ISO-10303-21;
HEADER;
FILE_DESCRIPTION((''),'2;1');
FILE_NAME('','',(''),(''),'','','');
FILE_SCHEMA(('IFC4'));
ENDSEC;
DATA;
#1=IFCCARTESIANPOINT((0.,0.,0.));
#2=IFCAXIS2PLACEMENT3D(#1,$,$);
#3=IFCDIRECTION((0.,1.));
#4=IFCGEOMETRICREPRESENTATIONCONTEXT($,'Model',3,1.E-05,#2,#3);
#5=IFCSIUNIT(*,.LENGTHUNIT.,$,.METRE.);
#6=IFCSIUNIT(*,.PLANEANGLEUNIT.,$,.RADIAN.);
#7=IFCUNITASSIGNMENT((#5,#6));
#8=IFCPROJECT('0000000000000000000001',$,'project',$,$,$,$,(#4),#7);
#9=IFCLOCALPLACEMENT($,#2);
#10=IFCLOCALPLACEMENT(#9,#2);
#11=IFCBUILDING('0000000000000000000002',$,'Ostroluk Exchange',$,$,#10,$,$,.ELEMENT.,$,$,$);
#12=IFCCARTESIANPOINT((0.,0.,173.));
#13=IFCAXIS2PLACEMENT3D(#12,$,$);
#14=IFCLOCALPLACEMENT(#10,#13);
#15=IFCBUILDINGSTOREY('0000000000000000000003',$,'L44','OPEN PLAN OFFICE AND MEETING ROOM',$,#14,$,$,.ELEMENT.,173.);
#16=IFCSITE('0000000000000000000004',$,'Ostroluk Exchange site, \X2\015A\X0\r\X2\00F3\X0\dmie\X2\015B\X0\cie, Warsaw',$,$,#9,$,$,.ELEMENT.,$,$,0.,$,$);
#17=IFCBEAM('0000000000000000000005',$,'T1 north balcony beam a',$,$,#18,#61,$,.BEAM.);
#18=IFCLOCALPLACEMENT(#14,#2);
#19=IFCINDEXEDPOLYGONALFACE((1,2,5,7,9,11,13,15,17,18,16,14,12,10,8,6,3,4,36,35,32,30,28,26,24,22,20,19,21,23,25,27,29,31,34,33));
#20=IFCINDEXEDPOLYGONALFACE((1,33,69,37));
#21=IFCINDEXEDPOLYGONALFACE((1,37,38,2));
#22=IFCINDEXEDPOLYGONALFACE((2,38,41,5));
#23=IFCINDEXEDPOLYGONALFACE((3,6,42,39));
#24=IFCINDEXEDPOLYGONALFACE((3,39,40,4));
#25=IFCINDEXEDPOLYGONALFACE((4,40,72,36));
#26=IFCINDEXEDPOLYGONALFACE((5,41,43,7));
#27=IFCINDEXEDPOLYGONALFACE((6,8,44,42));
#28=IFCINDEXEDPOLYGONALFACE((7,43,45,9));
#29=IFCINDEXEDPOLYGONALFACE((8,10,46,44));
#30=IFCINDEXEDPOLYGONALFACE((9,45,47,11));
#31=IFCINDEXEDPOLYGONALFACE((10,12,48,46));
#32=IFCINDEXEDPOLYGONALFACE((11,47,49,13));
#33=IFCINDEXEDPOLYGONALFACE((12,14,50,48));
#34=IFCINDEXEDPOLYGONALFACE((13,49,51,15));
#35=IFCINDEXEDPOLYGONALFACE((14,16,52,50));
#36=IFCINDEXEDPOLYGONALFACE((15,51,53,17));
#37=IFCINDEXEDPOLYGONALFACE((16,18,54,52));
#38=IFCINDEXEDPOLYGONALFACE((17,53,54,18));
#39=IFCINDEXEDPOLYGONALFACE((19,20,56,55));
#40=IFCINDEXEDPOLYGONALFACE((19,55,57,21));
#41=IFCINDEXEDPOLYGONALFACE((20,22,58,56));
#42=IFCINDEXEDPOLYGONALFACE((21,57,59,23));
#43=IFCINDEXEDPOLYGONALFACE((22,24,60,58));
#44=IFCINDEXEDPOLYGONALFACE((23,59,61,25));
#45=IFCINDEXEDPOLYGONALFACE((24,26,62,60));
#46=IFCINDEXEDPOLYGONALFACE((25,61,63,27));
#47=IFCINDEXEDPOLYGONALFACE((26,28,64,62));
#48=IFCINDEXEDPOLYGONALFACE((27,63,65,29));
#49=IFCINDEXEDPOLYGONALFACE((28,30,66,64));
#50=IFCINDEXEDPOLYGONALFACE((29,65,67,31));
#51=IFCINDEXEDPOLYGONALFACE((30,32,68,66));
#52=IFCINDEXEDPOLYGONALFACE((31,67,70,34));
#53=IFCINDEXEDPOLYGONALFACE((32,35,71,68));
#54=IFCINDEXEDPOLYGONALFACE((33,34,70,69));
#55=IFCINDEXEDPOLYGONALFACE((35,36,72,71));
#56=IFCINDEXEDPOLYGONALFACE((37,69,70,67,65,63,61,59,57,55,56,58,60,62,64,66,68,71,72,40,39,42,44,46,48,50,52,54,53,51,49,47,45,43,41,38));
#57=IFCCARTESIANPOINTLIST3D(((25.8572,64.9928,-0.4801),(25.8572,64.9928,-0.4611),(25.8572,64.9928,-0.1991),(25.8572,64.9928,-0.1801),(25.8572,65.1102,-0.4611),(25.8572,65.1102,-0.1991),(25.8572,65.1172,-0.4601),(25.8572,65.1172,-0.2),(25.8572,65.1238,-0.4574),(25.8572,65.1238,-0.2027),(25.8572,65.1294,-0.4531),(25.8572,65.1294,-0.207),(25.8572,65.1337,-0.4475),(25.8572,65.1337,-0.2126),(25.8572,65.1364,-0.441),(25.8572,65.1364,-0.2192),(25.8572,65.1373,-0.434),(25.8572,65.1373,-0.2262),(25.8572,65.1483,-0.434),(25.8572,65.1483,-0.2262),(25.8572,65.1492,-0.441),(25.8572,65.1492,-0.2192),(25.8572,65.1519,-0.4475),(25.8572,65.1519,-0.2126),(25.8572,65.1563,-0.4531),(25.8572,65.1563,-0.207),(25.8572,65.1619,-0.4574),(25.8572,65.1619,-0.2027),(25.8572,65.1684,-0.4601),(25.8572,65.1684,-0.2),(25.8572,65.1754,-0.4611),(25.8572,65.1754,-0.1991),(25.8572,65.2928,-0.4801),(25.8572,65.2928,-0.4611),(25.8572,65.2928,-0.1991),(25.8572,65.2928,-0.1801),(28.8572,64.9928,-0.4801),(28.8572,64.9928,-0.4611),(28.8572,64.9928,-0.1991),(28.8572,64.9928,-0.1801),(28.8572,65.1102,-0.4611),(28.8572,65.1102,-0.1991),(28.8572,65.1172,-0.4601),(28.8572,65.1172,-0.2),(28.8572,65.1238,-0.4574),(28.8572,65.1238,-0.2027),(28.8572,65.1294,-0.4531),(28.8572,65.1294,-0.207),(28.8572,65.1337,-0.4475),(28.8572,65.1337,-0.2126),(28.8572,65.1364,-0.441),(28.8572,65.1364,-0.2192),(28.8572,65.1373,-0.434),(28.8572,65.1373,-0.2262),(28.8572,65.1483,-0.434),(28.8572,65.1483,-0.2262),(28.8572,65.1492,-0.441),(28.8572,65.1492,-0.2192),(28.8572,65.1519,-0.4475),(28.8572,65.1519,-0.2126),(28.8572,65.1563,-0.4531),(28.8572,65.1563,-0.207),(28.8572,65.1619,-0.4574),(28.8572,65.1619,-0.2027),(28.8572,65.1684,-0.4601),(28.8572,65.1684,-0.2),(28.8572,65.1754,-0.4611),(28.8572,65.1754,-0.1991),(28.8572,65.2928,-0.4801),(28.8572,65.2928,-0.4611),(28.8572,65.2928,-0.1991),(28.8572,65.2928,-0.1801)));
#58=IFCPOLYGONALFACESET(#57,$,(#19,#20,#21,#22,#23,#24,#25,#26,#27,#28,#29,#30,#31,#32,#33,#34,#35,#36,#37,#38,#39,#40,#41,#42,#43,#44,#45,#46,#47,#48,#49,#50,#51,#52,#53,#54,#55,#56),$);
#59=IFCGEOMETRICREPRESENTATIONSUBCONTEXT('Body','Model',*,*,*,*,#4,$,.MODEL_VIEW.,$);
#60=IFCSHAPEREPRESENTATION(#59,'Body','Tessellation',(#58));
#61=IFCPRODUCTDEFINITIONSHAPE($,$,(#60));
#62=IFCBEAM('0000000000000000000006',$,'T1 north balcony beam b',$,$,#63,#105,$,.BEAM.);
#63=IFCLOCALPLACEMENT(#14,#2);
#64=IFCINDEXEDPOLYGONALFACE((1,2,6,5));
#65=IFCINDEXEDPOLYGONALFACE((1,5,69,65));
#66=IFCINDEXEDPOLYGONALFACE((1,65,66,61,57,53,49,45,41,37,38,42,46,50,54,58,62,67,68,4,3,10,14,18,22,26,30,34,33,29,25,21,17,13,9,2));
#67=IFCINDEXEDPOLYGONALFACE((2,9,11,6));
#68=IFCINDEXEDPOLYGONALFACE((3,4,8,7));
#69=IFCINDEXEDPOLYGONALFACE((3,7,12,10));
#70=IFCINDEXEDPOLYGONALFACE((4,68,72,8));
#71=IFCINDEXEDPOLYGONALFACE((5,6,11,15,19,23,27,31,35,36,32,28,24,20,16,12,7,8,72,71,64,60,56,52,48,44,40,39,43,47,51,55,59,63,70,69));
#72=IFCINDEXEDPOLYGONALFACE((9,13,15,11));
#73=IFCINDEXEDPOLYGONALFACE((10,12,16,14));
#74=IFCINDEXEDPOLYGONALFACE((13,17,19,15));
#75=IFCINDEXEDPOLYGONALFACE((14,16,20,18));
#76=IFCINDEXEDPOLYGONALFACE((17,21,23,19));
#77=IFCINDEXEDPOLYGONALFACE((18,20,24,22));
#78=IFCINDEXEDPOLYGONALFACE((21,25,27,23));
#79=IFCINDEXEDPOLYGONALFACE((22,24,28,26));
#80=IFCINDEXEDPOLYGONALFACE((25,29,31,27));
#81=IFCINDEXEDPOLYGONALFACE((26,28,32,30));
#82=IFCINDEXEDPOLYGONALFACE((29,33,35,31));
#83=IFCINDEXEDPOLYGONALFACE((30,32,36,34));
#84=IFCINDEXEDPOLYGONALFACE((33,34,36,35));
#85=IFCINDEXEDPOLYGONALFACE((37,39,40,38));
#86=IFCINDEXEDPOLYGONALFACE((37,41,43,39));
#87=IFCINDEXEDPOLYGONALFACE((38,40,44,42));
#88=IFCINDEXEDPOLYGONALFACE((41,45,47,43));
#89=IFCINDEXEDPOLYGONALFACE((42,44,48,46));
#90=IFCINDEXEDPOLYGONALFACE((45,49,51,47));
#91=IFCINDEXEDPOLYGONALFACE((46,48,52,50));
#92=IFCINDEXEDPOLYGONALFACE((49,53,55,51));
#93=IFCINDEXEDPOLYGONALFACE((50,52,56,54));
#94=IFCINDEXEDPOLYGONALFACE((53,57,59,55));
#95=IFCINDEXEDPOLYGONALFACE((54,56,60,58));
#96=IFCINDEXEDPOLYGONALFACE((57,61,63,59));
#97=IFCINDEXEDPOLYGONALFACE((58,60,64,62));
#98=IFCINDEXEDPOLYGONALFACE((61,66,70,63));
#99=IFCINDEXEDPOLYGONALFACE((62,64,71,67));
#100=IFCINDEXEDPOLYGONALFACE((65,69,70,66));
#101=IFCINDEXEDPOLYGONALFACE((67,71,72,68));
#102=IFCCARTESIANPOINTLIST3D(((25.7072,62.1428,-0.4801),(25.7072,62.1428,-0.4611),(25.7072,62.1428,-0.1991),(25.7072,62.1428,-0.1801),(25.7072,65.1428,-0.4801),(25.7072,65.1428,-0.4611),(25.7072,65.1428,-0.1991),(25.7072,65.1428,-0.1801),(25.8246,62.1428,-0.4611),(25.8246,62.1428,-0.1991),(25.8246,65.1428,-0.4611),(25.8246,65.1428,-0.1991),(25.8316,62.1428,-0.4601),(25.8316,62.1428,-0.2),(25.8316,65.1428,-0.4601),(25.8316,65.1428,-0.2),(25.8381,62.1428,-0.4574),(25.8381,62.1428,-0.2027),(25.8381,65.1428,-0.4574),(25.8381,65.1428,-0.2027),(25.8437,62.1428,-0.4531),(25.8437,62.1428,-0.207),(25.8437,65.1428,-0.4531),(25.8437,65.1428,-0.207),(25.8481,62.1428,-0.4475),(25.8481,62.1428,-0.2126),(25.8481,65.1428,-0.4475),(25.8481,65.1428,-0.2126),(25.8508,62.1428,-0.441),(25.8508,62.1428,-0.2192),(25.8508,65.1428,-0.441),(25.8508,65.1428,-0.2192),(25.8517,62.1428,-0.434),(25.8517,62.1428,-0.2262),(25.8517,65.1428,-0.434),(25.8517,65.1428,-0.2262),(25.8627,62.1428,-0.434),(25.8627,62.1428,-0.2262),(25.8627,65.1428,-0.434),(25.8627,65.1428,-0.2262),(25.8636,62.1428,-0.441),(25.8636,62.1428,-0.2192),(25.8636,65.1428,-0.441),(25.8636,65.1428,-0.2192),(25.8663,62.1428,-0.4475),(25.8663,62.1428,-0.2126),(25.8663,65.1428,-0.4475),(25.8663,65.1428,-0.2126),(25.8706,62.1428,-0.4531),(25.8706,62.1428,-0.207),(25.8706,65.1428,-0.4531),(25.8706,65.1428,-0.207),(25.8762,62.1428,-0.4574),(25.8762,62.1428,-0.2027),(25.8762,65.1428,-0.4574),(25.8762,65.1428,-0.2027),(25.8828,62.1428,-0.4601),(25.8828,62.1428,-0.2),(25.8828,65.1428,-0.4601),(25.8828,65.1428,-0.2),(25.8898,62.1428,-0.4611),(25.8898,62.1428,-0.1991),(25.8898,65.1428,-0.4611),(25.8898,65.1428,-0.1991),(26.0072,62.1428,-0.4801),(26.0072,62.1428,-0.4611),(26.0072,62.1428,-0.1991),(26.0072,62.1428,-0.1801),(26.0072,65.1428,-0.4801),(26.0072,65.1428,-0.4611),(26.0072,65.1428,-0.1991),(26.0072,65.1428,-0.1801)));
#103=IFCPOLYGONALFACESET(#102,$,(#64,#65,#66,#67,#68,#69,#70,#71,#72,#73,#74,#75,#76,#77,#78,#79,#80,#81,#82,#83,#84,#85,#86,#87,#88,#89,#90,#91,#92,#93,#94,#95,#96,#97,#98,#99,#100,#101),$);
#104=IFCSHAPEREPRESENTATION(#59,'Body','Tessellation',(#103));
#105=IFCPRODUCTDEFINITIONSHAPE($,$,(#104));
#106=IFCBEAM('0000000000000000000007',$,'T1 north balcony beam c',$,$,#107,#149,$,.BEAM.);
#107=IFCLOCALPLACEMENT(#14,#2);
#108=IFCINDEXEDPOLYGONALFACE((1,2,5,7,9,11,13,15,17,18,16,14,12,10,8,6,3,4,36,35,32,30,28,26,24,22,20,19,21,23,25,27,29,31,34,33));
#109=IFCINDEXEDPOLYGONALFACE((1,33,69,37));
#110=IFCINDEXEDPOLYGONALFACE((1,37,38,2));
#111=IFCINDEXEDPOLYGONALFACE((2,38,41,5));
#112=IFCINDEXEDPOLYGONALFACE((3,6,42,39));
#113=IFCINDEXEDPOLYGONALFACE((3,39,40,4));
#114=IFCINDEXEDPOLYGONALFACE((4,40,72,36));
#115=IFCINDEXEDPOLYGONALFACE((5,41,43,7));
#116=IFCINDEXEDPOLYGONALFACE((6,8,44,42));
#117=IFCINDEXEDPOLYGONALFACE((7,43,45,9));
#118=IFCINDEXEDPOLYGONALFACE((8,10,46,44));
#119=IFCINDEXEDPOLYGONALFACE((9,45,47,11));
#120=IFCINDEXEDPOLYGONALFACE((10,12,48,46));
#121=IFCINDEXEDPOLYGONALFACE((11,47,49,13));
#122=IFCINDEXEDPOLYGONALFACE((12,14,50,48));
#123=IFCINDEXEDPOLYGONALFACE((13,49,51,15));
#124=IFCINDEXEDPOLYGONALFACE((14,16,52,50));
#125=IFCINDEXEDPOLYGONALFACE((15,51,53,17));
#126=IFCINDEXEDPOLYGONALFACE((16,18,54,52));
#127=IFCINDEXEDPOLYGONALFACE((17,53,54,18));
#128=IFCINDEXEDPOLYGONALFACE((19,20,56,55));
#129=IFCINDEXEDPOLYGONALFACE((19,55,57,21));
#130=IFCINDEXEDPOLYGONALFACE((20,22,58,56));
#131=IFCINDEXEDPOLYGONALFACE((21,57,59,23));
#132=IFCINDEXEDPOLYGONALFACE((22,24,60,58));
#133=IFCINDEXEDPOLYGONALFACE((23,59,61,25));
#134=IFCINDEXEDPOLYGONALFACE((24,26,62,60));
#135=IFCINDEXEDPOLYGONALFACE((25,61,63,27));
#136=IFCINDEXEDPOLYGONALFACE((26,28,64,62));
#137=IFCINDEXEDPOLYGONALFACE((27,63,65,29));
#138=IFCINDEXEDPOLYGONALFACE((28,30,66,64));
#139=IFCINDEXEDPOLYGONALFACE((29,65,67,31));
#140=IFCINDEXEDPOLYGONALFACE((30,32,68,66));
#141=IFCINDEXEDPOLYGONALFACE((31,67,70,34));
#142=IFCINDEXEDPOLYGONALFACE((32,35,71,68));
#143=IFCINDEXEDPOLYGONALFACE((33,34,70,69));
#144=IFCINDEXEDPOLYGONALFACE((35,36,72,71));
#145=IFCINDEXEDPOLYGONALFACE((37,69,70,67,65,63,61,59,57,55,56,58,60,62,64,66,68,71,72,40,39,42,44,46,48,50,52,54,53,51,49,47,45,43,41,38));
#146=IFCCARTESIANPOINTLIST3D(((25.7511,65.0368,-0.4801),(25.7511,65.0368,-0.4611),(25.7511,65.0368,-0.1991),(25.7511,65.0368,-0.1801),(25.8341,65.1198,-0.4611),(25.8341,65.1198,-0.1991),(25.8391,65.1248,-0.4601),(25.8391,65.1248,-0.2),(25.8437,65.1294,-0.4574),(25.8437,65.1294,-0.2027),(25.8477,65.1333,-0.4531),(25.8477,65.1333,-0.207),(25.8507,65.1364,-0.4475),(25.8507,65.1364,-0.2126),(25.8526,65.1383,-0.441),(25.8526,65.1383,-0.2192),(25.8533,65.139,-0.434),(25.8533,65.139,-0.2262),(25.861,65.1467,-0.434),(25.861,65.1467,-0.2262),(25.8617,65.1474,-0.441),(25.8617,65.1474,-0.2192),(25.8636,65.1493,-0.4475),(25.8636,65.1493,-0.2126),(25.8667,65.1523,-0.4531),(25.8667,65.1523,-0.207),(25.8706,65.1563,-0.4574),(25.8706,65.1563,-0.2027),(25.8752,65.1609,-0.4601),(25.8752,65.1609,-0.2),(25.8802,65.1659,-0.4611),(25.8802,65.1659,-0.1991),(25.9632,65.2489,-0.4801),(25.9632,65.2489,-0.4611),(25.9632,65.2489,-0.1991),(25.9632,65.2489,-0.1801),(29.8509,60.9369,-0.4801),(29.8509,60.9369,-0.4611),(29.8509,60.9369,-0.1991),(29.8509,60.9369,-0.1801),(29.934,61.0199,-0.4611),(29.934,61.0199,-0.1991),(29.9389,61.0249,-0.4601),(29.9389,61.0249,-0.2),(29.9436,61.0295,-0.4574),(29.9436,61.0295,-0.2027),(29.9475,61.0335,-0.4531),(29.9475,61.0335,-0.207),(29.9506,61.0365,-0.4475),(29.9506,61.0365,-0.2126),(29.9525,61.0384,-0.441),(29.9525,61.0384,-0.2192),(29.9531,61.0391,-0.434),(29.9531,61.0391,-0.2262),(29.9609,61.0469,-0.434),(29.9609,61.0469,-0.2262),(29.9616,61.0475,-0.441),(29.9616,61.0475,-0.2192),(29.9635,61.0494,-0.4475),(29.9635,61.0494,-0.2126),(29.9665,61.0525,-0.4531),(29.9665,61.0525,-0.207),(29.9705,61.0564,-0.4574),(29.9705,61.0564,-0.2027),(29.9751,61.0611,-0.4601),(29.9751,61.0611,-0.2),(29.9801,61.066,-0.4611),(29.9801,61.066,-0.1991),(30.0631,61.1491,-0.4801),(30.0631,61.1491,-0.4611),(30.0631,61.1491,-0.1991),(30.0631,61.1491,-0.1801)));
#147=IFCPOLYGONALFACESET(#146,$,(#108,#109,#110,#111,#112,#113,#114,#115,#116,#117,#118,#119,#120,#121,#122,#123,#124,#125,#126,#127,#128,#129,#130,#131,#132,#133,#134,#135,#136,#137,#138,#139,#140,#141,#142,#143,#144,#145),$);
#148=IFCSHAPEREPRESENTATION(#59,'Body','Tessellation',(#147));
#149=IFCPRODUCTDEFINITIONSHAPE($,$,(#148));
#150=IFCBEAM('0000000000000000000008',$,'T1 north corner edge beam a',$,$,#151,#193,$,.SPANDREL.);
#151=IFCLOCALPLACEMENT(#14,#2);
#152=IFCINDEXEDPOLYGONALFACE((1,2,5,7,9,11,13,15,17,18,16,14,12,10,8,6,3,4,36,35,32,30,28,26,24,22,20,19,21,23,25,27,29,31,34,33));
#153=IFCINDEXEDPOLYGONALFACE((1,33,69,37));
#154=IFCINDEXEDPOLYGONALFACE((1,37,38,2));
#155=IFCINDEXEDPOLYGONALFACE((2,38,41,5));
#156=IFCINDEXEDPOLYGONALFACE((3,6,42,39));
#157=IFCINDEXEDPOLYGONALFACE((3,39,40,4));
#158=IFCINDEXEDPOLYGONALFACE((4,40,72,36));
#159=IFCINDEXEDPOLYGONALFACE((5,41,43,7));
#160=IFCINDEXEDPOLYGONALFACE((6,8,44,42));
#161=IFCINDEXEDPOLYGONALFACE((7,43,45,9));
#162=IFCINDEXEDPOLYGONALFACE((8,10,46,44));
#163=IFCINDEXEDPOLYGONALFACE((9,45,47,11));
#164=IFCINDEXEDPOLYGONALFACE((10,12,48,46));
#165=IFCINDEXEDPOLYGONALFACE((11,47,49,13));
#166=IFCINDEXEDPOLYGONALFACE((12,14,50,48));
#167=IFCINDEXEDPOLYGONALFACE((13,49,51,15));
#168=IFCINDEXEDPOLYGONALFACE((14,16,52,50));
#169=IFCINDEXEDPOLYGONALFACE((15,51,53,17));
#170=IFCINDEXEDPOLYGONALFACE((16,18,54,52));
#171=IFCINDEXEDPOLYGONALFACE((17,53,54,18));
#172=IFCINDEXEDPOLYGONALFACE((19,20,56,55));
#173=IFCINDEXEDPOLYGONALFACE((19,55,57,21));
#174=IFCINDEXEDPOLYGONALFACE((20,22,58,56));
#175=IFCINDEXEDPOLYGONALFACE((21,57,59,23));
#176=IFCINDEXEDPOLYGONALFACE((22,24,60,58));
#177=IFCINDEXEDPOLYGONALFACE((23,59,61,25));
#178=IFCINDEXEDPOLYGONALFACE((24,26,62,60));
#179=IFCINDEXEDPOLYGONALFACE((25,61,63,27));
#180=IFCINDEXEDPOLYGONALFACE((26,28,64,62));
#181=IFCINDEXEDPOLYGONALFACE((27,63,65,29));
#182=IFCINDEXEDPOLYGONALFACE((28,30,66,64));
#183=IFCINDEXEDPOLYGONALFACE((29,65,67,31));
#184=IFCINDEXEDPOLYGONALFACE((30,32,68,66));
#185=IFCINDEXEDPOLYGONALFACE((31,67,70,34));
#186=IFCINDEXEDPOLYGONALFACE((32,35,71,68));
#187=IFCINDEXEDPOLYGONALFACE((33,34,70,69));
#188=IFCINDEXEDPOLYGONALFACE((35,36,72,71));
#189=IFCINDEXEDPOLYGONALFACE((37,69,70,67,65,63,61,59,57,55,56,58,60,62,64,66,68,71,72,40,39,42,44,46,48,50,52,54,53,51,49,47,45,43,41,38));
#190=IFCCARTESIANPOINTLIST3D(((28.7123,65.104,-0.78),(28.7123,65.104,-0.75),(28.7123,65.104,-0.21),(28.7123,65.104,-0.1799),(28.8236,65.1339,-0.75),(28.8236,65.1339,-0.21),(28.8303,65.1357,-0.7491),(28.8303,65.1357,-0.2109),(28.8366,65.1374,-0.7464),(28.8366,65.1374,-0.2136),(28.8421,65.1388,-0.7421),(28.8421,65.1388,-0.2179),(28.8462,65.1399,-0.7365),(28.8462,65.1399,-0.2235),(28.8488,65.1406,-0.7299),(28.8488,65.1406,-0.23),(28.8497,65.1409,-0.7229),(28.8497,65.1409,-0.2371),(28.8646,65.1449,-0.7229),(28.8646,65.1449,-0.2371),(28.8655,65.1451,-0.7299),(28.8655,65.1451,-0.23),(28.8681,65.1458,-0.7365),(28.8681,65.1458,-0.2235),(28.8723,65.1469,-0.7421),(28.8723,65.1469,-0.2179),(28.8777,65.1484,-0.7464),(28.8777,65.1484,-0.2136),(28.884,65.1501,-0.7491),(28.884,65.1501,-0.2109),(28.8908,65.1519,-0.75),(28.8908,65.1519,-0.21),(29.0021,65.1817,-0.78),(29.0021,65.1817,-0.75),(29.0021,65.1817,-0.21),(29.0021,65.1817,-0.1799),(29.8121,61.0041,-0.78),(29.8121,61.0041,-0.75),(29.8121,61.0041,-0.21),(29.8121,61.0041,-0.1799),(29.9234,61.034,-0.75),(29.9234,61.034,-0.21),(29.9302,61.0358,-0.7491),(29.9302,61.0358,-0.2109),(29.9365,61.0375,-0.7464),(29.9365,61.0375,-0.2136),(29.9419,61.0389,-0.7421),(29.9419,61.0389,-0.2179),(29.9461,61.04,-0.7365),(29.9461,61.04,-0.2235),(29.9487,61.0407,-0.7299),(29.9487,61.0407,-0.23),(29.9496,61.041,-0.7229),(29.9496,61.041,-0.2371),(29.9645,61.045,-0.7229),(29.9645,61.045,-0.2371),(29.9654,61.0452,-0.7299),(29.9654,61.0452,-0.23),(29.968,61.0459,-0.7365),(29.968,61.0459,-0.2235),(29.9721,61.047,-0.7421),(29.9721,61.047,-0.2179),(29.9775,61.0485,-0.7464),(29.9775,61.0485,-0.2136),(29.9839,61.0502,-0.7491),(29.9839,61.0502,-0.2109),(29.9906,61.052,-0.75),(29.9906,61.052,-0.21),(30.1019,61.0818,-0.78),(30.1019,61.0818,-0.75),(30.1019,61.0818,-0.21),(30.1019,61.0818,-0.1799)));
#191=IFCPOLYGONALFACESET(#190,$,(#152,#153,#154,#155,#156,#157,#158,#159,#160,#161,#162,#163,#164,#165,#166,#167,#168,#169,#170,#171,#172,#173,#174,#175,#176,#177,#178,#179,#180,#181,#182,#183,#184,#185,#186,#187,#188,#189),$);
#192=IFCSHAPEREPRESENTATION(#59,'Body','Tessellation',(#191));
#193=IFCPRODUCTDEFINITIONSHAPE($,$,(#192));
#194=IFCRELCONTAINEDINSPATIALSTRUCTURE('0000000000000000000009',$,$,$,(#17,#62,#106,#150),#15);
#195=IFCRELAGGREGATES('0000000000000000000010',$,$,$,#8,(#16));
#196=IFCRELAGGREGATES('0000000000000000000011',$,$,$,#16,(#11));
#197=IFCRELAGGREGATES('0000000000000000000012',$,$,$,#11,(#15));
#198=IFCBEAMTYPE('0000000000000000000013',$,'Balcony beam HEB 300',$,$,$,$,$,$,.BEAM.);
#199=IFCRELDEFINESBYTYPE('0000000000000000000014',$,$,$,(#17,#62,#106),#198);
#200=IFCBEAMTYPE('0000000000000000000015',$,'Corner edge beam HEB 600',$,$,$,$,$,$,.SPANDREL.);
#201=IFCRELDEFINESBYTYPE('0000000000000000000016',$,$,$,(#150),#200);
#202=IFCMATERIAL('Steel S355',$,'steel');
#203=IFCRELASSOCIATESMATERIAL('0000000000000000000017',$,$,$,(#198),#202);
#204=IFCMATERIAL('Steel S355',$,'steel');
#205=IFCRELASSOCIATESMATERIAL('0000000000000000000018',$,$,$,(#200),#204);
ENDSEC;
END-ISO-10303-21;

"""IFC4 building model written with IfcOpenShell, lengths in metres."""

from ifc_helpers import new_model, si_unit, direction, frame, origin, origin_2d, place, context, subcontext, project, spatial, i_section, extrude, material, material_profile, profile_set, type_object, element, save


model = new_model("IFC4")

# Units and contexts
model_context = context("Model", 3, precision=1e-05, world=origin(), true_north=direction((0.0, 1.0)))
body_context = subcontext(model_context, "Body", "Model", "MODEL_VIEW")
ifc_project = project(units=[si_unit("LENGTHUNIT", "METRE"), si_unit("PLANEANGLEUNIT", "RADIAN")], contexts=[model_context])

# Site, building, storey
site_placement = place(None, origin())
site = spatial("IfcSite", under=ifc_project, at=site_placement, Name="Ostroluk Exchange site, Śródmieście, Warsaw", CompositionType="ELEMENT", RefElevation=0.0)
building_placement = place(site_placement, origin())
building = spatial("IfcBuilding", under=site, at=building_placement, Name="Ostroluk Exchange", CompositionType="ELEMENT")
storey_placement = place(building_placement, frame((0.0, 0.0, 173.0)))
storey = spatial("IfcBuildingStorey", under=building, at=storey_placement, Name="L44", Description="OPEN PLAN OFFICE AND MEETING ROOM", CompositionType="ELEMENT", Elevation=173.0)

# Beams
ifc_material_1 = material(Name="Steel S355", Category="steel")
ifc_material_profile_1 = material_profile(ifc_material_1, i_section(OverallWidth=0.3, OverallDepth=0.3, WebThickness=0.011, FlangeThickness=0.019, FilletRadius=0.0271, at=origin_2d()), Name="HEB 300")
ifc_profile_set_1 = profile_set([ifc_material_profile_1], Name="Steel S355")
beam_type_1 = type_object("IfcBeamType", Name="Balcony beam HEB 300", PredefinedType="BEAM", material=ifc_profile_set_1)
for number, where, z_axis, x_axis, name in (
    (1, (28.8572, 65.1428, -0.3301), (-1.0, 0.0, 0.0), (0.0, -1.0, 0.0), "T1 north balcony beam a"),
    (2, (25.8572, 62.1428, -0.3301), (0.0, 1.0, 0.0), (-1.0, 0.0, 0.0), "T1 north balcony beam b"),
):
    element("IfcBeam", number, at=place(storey_placement, frame(where, z_axis=z_axis, x_axis=x_axis)), inside=storey, type_object=beam_type_1, Name=name, PredefinedType="BEAM", context=body_context, shape_type="SweptSolid", body=[
        extrude(i_section(OverallWidth=0.3, OverallDepth=0.3, WebThickness=0.011, FlangeThickness=0.019, FilletRadius=0.0271, at=origin_2d()), origin(), (0.0, 0.0, 1.0), 3.0),
    ])
beam_1_placement = place(storey_placement, frame((29.957, 61.043, -0.3301), z_axis=(-0.707107, 0.707107, 0.0), x_axis=(-0.707107, -0.707107, 0.0)))
element("IfcBeam", 3, at=beam_1_placement, inside=storey, type_object=beam_type_1, Name="T1 north balcony beam c", PredefinedType="BEAM", context=body_context, shape_type="SweptSolid", body=[
    extrude(i_section(OverallWidth=0.3, OverallDepth=0.3, WebThickness=0.011, FlangeThickness=0.019, FilletRadius=0.0271, at=origin_2d()), origin(), (0.0, 0.0, 1.0), 5.7981),
])
ifc_material_2 = material(Name="Steel S355", Category="steel")
ifc_material_profile_2 = material_profile(ifc_material_2, i_section(OverallWidth=0.3, OverallDepth=0.6001, WebThickness=0.0154, FlangeThickness=0.03, FilletRadius=0.0271, at=origin_2d()), Name="HEB 600")
ifc_profile_set_2 = profile_set([ifc_material_profile_2], Name="Steel S355")
beam_type_2 = type_object("IfcBeamType", Name="Corner edge beam HEB 600", PredefinedType="SPANDREL", material=ifc_profile_set_2)
for number, where, z_axis, x_axis, name in (
    (4, (29.957, 61.043, -0.48), (-0.259105, 0.965849, 0.0), (-0.965849, -0.259105, 0.0), "T1 north corner edge beam a"),
):
    element("IfcBeam", number, at=place(storey_placement, frame(where, z_axis=z_axis, x_axis=x_axis)), inside=storey, type_object=beam_type_2, Name=name, PredefinedType="SPANDREL", context=body_context, shape_type="SweptSolid", body=[
        extrude(i_section(OverallWidth=0.3, OverallDepth=0.6001, WebThickness=0.0154, FlangeThickness=0.03, FilletRadius=0.0271, at=origin_2d()), origin(), (0.0, 0.0, 1.0), 4.2449),
    ])

save(model, "model.ifc")
